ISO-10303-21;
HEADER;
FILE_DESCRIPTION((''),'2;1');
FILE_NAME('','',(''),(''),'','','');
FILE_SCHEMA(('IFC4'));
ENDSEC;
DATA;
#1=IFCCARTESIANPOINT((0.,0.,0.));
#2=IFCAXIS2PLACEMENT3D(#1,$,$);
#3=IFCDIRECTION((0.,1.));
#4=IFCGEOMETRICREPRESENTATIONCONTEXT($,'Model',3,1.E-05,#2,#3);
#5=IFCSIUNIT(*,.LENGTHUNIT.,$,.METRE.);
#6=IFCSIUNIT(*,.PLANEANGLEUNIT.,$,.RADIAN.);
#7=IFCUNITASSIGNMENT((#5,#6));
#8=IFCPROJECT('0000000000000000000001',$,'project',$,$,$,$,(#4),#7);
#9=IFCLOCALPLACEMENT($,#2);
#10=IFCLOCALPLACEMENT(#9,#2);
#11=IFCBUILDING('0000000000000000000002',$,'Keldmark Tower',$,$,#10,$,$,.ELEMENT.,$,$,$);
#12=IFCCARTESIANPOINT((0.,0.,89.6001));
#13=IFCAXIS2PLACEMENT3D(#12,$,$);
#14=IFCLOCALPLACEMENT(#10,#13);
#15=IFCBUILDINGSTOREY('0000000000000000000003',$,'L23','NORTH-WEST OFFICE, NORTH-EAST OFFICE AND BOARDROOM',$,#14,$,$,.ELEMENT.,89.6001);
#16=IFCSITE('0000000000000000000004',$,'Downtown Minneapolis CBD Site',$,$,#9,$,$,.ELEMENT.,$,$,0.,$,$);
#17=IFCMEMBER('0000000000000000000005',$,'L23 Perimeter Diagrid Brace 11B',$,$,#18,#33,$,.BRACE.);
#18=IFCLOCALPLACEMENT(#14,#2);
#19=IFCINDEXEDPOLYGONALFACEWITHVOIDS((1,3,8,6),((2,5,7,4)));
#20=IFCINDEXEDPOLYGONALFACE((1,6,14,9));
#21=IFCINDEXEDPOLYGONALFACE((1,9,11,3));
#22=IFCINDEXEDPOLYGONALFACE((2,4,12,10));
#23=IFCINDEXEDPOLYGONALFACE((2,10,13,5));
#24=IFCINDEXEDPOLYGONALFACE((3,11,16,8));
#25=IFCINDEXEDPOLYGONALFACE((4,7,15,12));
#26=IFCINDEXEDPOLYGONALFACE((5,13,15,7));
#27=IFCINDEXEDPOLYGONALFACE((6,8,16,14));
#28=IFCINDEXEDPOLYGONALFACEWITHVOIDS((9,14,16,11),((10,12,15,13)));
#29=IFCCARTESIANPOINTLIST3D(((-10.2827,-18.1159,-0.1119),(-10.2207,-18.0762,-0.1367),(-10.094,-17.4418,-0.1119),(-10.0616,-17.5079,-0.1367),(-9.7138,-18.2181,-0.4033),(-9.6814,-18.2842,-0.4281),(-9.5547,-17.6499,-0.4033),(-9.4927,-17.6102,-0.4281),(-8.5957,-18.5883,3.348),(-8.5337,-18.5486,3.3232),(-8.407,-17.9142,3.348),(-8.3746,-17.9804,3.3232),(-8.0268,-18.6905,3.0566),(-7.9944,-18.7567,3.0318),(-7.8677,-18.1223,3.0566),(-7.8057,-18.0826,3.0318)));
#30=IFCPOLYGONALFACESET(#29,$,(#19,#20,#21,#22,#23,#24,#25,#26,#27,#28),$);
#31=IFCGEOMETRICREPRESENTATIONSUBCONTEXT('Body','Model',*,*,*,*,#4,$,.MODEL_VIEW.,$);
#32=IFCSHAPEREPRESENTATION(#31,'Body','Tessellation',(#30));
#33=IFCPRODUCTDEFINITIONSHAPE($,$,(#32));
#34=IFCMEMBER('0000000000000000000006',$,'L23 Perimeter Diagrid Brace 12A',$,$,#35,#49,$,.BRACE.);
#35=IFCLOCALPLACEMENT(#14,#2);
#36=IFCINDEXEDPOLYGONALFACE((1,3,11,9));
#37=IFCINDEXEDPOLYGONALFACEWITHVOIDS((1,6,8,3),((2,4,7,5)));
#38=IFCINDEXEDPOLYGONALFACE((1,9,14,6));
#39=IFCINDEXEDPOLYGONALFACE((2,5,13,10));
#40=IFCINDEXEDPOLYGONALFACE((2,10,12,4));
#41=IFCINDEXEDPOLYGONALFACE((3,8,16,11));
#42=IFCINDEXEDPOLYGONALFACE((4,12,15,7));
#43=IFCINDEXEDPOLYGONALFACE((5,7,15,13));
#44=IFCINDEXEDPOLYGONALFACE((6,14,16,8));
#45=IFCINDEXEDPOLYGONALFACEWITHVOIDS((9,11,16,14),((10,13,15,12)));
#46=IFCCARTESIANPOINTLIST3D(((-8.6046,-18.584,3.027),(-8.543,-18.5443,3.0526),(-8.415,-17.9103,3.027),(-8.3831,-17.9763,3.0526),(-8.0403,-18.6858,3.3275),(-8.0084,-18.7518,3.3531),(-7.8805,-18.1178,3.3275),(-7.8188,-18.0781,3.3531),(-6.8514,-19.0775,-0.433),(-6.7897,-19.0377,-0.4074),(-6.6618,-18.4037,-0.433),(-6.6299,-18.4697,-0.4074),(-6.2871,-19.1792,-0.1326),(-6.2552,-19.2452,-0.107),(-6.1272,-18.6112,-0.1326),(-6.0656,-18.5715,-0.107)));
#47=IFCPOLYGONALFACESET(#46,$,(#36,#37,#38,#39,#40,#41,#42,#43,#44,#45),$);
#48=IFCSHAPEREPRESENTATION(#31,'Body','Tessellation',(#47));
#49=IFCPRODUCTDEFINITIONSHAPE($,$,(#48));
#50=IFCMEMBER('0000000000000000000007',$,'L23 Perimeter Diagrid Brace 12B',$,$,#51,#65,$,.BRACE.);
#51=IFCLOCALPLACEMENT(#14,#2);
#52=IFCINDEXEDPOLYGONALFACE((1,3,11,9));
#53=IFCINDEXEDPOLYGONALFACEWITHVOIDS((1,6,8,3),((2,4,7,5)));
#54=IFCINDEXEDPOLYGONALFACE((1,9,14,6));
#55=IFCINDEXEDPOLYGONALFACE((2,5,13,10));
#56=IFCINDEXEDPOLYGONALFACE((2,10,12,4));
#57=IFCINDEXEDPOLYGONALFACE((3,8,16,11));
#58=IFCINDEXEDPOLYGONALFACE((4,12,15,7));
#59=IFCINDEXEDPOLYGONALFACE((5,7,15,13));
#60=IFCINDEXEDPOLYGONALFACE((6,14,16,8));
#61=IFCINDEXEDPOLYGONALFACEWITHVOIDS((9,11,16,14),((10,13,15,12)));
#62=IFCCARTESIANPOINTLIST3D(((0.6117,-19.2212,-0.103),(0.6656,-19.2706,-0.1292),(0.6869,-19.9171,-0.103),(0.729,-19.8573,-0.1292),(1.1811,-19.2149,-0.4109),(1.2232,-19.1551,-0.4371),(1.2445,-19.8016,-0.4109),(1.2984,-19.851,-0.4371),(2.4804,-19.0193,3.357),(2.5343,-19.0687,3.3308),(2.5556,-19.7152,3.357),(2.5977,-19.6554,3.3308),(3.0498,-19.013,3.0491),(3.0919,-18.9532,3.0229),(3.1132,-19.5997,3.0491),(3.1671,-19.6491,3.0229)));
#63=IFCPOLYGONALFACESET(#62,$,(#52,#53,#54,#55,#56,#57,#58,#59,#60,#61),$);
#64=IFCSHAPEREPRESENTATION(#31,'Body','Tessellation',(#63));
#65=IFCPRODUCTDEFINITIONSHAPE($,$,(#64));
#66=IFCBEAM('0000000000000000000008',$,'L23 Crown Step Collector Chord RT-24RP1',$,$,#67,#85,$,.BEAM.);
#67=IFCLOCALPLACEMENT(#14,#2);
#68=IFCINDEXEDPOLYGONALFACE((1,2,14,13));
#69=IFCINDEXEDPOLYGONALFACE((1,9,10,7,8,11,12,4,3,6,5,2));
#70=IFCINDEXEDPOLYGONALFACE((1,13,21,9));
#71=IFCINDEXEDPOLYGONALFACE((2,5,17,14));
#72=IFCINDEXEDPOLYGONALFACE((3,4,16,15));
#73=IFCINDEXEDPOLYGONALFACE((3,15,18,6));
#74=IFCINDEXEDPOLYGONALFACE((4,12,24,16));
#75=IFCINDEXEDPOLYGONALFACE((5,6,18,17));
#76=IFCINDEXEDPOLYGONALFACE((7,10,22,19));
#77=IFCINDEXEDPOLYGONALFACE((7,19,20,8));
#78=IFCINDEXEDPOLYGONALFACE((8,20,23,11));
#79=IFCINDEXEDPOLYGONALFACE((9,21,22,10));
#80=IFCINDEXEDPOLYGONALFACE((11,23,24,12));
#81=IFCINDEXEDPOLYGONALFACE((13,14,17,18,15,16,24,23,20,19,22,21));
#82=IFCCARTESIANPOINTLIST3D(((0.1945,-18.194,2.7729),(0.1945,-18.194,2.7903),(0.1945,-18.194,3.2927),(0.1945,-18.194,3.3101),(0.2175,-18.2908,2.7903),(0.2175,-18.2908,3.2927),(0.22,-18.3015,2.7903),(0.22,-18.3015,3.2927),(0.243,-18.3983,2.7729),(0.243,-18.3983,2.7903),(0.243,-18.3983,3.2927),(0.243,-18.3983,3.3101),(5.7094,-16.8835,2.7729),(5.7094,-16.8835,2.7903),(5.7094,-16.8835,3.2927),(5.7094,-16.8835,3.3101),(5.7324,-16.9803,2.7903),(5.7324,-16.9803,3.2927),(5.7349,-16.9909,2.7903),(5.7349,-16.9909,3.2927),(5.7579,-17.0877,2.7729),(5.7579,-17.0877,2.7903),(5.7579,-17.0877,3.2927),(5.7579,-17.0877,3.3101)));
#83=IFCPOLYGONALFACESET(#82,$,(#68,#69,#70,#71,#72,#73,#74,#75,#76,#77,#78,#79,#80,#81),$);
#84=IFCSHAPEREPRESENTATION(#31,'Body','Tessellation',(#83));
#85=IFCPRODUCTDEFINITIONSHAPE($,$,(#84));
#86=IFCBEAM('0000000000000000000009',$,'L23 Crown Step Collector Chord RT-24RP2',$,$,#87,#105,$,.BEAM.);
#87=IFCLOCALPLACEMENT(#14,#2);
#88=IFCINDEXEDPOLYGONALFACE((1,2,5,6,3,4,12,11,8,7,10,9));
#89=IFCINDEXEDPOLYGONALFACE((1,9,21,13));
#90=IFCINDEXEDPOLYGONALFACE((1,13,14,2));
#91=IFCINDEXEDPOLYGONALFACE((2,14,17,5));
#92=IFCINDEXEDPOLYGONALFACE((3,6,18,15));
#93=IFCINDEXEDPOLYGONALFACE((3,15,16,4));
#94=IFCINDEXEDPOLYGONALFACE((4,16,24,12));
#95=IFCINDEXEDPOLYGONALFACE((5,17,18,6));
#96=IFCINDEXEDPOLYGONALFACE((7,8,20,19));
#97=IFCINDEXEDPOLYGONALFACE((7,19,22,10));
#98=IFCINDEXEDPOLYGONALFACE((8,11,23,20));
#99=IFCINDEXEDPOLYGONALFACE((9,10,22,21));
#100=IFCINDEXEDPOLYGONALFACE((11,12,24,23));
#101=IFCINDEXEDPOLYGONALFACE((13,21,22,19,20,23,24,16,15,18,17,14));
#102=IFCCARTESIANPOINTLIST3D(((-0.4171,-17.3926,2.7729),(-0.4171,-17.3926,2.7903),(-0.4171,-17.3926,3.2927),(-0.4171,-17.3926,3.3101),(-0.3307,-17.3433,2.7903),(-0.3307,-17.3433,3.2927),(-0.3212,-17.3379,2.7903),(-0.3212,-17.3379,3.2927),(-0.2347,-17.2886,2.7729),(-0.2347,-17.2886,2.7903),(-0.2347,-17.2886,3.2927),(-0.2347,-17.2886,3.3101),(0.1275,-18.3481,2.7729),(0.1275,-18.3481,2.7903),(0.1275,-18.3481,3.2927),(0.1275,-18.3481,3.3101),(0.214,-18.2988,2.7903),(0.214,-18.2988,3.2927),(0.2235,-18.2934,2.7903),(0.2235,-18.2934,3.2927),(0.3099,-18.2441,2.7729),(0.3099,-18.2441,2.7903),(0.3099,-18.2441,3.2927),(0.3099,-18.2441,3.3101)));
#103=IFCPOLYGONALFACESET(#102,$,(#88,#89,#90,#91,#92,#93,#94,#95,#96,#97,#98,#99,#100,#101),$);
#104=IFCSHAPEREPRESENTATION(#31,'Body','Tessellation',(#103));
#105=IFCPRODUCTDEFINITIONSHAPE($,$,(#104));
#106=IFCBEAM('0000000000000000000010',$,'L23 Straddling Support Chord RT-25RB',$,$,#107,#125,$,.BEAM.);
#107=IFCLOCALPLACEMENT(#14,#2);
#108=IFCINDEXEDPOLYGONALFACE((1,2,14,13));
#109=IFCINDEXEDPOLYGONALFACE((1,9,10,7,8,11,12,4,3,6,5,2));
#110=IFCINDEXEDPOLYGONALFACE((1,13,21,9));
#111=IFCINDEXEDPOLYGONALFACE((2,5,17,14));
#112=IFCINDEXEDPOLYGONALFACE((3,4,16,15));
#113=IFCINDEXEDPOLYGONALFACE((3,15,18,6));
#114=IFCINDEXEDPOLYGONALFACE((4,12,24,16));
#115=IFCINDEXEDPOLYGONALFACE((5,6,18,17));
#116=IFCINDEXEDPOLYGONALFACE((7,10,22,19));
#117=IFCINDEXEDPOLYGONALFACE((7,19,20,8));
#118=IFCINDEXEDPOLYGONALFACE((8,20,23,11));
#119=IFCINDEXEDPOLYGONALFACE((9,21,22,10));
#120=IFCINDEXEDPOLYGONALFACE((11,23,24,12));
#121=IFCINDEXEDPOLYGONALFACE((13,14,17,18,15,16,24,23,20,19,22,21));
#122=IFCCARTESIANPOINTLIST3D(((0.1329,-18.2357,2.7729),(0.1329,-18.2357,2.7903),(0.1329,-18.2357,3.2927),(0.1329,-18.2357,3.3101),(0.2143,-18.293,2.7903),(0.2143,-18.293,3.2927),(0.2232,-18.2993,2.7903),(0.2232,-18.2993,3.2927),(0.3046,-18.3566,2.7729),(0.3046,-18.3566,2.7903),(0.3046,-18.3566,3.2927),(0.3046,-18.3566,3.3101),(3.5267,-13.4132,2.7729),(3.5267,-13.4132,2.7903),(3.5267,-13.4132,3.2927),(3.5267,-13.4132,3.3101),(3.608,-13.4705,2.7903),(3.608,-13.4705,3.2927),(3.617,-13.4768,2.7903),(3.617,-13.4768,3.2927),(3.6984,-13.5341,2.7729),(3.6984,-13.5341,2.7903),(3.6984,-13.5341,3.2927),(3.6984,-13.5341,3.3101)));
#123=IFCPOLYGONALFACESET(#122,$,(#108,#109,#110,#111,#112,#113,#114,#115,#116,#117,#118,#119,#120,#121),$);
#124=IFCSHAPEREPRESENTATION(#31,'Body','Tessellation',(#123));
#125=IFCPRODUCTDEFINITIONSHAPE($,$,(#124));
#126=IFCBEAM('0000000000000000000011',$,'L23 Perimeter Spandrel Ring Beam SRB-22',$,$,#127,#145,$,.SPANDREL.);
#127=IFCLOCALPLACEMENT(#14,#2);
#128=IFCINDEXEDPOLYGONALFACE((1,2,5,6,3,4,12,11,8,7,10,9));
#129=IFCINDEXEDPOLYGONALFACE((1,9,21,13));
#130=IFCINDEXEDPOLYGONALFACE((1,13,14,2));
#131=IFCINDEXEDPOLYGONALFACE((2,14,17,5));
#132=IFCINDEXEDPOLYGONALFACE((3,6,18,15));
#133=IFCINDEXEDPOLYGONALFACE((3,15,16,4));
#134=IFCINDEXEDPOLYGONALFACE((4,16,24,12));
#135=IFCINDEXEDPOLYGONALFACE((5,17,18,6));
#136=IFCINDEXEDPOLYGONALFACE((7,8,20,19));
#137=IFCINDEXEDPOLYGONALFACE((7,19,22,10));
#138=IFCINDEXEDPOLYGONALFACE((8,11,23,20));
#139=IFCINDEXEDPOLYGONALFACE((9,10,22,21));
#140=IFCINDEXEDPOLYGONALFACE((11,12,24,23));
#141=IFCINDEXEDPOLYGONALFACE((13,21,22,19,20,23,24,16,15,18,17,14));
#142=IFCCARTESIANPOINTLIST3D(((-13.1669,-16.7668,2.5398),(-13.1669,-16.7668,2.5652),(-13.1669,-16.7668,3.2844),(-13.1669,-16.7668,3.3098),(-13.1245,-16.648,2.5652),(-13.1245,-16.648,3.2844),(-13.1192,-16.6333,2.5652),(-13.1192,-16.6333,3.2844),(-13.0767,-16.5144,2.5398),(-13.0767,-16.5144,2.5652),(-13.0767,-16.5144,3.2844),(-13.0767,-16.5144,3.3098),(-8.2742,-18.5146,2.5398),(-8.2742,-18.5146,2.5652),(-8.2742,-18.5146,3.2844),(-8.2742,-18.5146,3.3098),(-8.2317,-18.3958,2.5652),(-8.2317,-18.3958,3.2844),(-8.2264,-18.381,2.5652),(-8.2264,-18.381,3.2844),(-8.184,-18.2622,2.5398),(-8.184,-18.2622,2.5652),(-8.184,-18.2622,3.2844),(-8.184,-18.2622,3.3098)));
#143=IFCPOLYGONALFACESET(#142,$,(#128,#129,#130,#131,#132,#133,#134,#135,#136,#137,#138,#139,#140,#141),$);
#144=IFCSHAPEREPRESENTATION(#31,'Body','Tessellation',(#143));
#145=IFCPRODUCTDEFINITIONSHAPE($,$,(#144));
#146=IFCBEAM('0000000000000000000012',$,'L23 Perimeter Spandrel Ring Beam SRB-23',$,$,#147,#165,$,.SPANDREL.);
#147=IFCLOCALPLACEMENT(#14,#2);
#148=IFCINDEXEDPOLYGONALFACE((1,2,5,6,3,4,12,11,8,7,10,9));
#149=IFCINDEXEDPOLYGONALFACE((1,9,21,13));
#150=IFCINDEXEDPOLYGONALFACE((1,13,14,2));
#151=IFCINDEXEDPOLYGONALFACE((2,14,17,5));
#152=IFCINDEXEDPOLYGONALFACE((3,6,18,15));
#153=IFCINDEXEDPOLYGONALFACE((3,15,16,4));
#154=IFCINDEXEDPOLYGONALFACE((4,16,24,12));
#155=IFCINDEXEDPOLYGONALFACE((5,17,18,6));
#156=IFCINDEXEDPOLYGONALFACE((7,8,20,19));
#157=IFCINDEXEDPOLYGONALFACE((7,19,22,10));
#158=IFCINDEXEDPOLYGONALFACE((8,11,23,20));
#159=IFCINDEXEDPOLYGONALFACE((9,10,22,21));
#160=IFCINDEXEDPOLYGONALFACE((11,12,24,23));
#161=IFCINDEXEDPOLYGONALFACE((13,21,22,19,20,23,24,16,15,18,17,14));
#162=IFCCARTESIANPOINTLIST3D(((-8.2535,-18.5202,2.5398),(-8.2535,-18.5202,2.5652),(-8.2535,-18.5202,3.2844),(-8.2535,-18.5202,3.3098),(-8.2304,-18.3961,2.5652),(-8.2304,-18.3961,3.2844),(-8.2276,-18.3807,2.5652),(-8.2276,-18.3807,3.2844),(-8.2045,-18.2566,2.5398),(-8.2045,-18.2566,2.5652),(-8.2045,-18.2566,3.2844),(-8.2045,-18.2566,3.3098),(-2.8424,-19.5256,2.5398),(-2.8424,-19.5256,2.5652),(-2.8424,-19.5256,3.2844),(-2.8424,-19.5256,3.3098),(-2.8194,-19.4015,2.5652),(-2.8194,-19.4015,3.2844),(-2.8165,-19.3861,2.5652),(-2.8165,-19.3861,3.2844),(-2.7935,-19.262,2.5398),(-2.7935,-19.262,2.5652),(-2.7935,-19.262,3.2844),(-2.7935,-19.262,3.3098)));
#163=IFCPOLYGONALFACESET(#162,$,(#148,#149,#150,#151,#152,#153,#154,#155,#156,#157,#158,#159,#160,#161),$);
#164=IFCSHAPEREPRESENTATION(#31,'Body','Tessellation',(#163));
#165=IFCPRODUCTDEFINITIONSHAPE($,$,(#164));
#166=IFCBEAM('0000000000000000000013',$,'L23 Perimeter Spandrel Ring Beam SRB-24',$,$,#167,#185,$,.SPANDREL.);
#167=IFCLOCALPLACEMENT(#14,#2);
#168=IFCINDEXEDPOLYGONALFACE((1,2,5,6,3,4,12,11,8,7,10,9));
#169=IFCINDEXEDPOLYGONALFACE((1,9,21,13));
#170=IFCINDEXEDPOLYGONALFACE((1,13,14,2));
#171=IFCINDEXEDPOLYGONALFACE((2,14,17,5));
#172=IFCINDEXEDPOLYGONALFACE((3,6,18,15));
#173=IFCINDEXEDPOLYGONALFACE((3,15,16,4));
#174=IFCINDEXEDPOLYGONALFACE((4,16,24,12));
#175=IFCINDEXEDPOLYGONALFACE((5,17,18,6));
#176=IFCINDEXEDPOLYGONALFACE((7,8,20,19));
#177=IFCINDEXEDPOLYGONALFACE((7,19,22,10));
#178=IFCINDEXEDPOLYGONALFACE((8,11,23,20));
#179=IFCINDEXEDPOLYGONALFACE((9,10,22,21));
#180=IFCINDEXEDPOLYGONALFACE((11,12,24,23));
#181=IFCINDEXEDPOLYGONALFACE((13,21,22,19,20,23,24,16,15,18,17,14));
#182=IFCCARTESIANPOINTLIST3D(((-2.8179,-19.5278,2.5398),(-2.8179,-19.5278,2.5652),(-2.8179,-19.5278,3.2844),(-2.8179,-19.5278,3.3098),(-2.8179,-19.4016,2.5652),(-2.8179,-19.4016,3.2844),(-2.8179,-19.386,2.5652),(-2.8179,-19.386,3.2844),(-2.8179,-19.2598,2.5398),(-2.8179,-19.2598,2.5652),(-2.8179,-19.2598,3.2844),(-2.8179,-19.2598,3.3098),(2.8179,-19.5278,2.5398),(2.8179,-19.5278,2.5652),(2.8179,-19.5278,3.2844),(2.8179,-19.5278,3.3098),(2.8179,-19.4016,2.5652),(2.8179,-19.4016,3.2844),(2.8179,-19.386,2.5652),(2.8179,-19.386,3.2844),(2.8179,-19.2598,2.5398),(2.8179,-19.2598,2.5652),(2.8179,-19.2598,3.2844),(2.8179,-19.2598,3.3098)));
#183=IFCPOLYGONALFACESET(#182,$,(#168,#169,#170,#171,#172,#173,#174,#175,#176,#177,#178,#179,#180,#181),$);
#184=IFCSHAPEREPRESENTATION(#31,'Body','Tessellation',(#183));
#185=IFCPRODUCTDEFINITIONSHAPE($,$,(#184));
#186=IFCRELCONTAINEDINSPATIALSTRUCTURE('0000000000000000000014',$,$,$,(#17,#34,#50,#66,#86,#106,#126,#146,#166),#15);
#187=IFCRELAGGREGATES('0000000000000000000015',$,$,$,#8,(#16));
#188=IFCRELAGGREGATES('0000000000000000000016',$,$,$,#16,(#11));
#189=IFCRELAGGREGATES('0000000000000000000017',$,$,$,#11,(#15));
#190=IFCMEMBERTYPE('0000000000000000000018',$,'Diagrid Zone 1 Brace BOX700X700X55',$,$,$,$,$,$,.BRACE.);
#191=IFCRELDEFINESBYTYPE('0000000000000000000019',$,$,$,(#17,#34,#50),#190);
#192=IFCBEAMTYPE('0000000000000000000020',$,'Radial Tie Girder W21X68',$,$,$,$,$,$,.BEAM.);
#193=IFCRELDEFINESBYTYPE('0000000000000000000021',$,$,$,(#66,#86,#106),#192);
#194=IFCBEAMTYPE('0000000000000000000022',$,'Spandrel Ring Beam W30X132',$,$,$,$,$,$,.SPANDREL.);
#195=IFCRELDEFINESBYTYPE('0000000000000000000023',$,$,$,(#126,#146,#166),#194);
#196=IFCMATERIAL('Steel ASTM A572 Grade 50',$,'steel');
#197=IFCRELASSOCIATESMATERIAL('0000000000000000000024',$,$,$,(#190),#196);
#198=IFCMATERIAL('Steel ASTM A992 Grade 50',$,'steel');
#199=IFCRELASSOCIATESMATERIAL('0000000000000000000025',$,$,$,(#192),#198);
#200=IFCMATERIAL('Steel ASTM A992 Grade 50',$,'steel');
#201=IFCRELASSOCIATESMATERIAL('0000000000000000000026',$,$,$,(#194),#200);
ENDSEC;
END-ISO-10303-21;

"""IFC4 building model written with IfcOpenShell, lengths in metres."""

from ifc_helpers import new_model, si_unit, direction, frame, origin, origin_2d, place, context, subcontext, project, spatial, hollow_rectangle, i_section, extrude, material, material_profile, profile_set, type_object, element, save


model = new_model("IFC4")

# Units and contexts
model_context = context("Model", 3, precision=1e-05, world=origin(), true_north=direction((0.0, 1.0)))
body_context = subcontext(model_context, "Body", "Model", "MODEL_VIEW")
ifc_project = project(units=[si_unit("LENGTHUNIT", "METRE"), si_unit("PLANEANGLEUNIT", "RADIAN")], contexts=[model_context])

# Site, building, storey
site_placement = place(None, origin())
site = spatial("IfcSite", under=ifc_project, at=site_placement, Name="Downtown Minneapolis CBD Site", CompositionType="ELEMENT", RefElevation=0.0)
building_placement = place(site_placement, origin())
building = spatial("IfcBuilding", under=site, at=building_placement, Name="Keldmark Tower", CompositionType="ELEMENT")
storey_placement = place(building_placement, frame((0.0, 0.0, 89.6001)))
storey = spatial("IfcBuildingStorey", under=building, at=storey_placement, Name="L23", Description="NORTH-WEST OFFICE, NORTH-EAST OFFICE AND BOARDROOM", CompositionType="ELEMENT", Elevation=89.6001)

# Members
ifc_material_1 = material(Name="Steel ASTM A572 Grade 50", Category="steel")
ifc_material_profile_1 = material_profile(ifc_material_1, hollow_rectangle(XDim=0.7, YDim=0.7, WallThickness=0.0549, at=origin_2d()), Name="BOX700X700X55")
ifc_profile_set_1 = profile_set([ifc_material_profile_1], Name="Steel ASTM A572 Grade 50")
member_type = type_object("IfcMemberType", Name="Diagrid Zone 1 Brace BOX700X700X55", PredefinedType="BRACE", material=ifc_profile_set_1)
member_1_placement = place(storey_placement, frame((-9.8877, -17.863, -0.27), z_axis=(0.434998, -0.121812, 0.892154), x_axis=(0.269656, 0.962957, 0.0)))
element("IfcMember", 1, at=member_1_placement, inside=storey, type_object=member_type, Name="L23 Perimeter Diagrid Brace 11B", PredefinedType="BRACE", context=body_context, shape_type="SweptSolid", body=[
    extrude(hollow_rectangle(XDim=0.7, YDim=0.7, WallThickness=0.0549, at=origin_2d()), origin(), (0.0, 0.0, 1.0), 3.8782),
])
member_2_placement = place(storey_placement, frame((-6.4585, -18.8245, -0.27), z_axis=(-0.448378, 0.12619, 0.884892), x_axis=(-0.270912, -0.962604, 0.0)))
element("IfcMember", 2, at=member_2_placement, inside=storey, type_object=member_type, Name="L23 Perimeter Diagrid Brace 12A", PredefinedType="BRACE", context=body_context, shape_type="SweptSolid", body=[
    extrude(hollow_rectangle(XDim=0.7, YDim=0.7, WallThickness=0.0549, at=origin_2d()), origin(), (0.0, 0.0, 1.0), 3.9102),
])
member_3_placement = place(storey_placement, frame((0.9551, -19.5361, -0.27), z_axis=(0.474578, 0.051277, 0.878719), x_axis=(-0.107423, 0.994213, 0.0)))
element("IfcMember", 3, at=member_3_placement, inside=storey, type_object=member_type, Name="L23 Perimeter Diagrid Brace 12B", PredefinedType="BRACE", context=body_context, shape_type="SweptSolid", body=[
    extrude(hollow_rectangle(XDim=0.7, YDim=0.7, WallThickness=0.0549, at=origin_2d()), origin(), (0.0, 0.0, 1.0), 3.9375),
])

# Beams
ifc_material_2 = material(Name="Steel ASTM A992 Grade 50", Category="steel")
ifc_material_profile_2 = material_profile(ifc_material_2, i_section(OverallWidth=0.21, OverallDepth=0.5371, WebThickness=0.011, FlangeThickness=0.0173, at=origin_2d()), Name="W21X68")
ifc_profile_set_2 = profile_set([ifc_material_profile_2], Name="Steel ASTM A992 Grade 50")
beam_type_1 = type_object("IfcBeamType", Name="Radial Tie Girder W21X68", PredefinedType="BEAM", material=ifc_profile_set_2)
beam_1_placement = place(storey_placement, frame((0.2188, -18.2961, 3.0415), z_axis=(0.972906, 0.231199, 0.0), x_axis=(-0.231199, 0.972906, 0.0)))
element("IfcBeam", 4, at=beam_1_placement, inside=storey, type_object=beam_type_1, Name="L23 Crown Step Collector Chord RT-24RP1", PredefinedType="BEAM", context=body_context, shape_type="SweptSolid", body=[
    extrude(i_section(OverallWidth=0.21, OverallDepth=0.5371, WebThickness=0.011, FlangeThickness=0.0173, at=origin_2d()), origin(), (0.0, 0.0, 1.0), 5.6685),
])
beam_2_placement = place(storey_placement, frame((-0.3259, -17.3406, 3.0415), z_axis=(0.495206, -0.868775, 0.0), x_axis=(0.868775, 0.495206, 0.0)))
element("IfcBeam", 5, at=beam_2_placement, inside=storey, type_object=beam_type_1, Name="L23 Crown Step Collector Chord RT-24RP2", PredefinedType="BEAM", context=body_context, shape_type="SweptSolid", body=[
    extrude(i_section(OverallWidth=0.21, OverallDepth=0.5371, WebThickness=0.011, FlangeThickness=0.0173, at=origin_2d()), origin(), (0.0, 0.0, 1.0), 1.0999),
])
beam_3_placement = place(storey_placement, frame((0.2188, -18.2961, 3.0415), z_axis=(0.575514, 0.817792, 0.0), x_axis=(-0.817792, 0.575514, 0.0)))
element("IfcBeam", 6, at=beam_3_placement, inside=storey, type_object=beam_type_1, Name="L23 Straddling Support Chord RT-25RB", PredefinedType="BEAM", context=body_context, shape_type="SweptSolid", body=[
    extrude(i_section(OverallWidth=0.21, OverallDepth=0.5371, WebThickness=0.011, FlangeThickness=0.0173, at=origin_2d()), origin(), (0.0, 0.0, 1.0), 5.897),
])
ifc_material_3 = material(Name="Steel ASTM A992 Grade 50", Category="steel")
ifc_material_profile_3 = material_profile(ifc_material_3, i_section(OverallWidth=0.2681, OverallDepth=0.77, WebThickness=0.0156, FlangeThickness=0.0254, at=origin_2d()), Name="W30X132")
ifc_profile_set_3 = profile_set([ifc_material_profile_3], Name="Steel ASTM A992 Grade 50")
beam_type_2 = type_object("IfcBeamType", Name="Spandrel Ring Beam W30X132", PredefinedType="SPANDREL", material=ifc_profile_set_3)
beam_4_placement = place(storey_placement, frame((-13.1218, -16.6406, 2.9248), z_axis=(0.94172, -0.336399, 0.0), x_axis=(0.336399, 0.94172, 0.0)))
element("IfcBeam", 7, at=beam_4_placement, inside=storey, type_object=beam_type_2, Name="L23 Perimeter Spandrel Ring Beam SRB-22", PredefinedType="SPANDREL", context=body_context, shape_type="SweptSolid", body=[
    extrude(i_section(OverallWidth=0.2681, OverallDepth=0.77, WebThickness=0.0156, FlangeThickness=0.0254, at=origin_2d()), origin(), (0.0, 0.0, 1.0), 5.1956),
])
beam_5_placement = place(storey_placement, frame((-8.229, -18.3884, 2.9248), z_axis=(0.983174, -0.182671, 0.0), x_axis=(0.182671, 0.983174, 0.0)))
element("IfcBeam", 8, at=beam_5_placement, inside=storey, type_object=beam_type_2, Name="L23 Perimeter Spandrel Ring Beam SRB-23", PredefinedType="SPANDREL", context=body_context, shape_type="SweptSolid", body=[
    extrude(i_section(OverallWidth=0.2681, OverallDepth=0.77, WebThickness=0.0156, FlangeThickness=0.0254, at=origin_2d()), origin(), (0.0, 0.0, 1.0), 5.5037),
])
beam_6_placement = place(storey_placement, frame((-2.8179, -19.3938, 2.9248), z_axis=(1.0, 0.0, 0.0), x_axis=(0.0, 1.0, 0.0)))
element("IfcBeam", 9, at=beam_6_placement, inside=storey, type_object=beam_type_2, Name="L23 Perimeter Spandrel Ring Beam SRB-24", PredefinedType="SPANDREL", context=body_context, shape_type="SweptSolid", body=[
    extrude(i_section(OverallWidth=0.2681, OverallDepth=0.77, WebThickness=0.0156, FlangeThickness=0.0254, at=origin_2d()), origin(), (0.0, 0.0, 1.0), 5.6357),
])

save(model, "model.ifc")
